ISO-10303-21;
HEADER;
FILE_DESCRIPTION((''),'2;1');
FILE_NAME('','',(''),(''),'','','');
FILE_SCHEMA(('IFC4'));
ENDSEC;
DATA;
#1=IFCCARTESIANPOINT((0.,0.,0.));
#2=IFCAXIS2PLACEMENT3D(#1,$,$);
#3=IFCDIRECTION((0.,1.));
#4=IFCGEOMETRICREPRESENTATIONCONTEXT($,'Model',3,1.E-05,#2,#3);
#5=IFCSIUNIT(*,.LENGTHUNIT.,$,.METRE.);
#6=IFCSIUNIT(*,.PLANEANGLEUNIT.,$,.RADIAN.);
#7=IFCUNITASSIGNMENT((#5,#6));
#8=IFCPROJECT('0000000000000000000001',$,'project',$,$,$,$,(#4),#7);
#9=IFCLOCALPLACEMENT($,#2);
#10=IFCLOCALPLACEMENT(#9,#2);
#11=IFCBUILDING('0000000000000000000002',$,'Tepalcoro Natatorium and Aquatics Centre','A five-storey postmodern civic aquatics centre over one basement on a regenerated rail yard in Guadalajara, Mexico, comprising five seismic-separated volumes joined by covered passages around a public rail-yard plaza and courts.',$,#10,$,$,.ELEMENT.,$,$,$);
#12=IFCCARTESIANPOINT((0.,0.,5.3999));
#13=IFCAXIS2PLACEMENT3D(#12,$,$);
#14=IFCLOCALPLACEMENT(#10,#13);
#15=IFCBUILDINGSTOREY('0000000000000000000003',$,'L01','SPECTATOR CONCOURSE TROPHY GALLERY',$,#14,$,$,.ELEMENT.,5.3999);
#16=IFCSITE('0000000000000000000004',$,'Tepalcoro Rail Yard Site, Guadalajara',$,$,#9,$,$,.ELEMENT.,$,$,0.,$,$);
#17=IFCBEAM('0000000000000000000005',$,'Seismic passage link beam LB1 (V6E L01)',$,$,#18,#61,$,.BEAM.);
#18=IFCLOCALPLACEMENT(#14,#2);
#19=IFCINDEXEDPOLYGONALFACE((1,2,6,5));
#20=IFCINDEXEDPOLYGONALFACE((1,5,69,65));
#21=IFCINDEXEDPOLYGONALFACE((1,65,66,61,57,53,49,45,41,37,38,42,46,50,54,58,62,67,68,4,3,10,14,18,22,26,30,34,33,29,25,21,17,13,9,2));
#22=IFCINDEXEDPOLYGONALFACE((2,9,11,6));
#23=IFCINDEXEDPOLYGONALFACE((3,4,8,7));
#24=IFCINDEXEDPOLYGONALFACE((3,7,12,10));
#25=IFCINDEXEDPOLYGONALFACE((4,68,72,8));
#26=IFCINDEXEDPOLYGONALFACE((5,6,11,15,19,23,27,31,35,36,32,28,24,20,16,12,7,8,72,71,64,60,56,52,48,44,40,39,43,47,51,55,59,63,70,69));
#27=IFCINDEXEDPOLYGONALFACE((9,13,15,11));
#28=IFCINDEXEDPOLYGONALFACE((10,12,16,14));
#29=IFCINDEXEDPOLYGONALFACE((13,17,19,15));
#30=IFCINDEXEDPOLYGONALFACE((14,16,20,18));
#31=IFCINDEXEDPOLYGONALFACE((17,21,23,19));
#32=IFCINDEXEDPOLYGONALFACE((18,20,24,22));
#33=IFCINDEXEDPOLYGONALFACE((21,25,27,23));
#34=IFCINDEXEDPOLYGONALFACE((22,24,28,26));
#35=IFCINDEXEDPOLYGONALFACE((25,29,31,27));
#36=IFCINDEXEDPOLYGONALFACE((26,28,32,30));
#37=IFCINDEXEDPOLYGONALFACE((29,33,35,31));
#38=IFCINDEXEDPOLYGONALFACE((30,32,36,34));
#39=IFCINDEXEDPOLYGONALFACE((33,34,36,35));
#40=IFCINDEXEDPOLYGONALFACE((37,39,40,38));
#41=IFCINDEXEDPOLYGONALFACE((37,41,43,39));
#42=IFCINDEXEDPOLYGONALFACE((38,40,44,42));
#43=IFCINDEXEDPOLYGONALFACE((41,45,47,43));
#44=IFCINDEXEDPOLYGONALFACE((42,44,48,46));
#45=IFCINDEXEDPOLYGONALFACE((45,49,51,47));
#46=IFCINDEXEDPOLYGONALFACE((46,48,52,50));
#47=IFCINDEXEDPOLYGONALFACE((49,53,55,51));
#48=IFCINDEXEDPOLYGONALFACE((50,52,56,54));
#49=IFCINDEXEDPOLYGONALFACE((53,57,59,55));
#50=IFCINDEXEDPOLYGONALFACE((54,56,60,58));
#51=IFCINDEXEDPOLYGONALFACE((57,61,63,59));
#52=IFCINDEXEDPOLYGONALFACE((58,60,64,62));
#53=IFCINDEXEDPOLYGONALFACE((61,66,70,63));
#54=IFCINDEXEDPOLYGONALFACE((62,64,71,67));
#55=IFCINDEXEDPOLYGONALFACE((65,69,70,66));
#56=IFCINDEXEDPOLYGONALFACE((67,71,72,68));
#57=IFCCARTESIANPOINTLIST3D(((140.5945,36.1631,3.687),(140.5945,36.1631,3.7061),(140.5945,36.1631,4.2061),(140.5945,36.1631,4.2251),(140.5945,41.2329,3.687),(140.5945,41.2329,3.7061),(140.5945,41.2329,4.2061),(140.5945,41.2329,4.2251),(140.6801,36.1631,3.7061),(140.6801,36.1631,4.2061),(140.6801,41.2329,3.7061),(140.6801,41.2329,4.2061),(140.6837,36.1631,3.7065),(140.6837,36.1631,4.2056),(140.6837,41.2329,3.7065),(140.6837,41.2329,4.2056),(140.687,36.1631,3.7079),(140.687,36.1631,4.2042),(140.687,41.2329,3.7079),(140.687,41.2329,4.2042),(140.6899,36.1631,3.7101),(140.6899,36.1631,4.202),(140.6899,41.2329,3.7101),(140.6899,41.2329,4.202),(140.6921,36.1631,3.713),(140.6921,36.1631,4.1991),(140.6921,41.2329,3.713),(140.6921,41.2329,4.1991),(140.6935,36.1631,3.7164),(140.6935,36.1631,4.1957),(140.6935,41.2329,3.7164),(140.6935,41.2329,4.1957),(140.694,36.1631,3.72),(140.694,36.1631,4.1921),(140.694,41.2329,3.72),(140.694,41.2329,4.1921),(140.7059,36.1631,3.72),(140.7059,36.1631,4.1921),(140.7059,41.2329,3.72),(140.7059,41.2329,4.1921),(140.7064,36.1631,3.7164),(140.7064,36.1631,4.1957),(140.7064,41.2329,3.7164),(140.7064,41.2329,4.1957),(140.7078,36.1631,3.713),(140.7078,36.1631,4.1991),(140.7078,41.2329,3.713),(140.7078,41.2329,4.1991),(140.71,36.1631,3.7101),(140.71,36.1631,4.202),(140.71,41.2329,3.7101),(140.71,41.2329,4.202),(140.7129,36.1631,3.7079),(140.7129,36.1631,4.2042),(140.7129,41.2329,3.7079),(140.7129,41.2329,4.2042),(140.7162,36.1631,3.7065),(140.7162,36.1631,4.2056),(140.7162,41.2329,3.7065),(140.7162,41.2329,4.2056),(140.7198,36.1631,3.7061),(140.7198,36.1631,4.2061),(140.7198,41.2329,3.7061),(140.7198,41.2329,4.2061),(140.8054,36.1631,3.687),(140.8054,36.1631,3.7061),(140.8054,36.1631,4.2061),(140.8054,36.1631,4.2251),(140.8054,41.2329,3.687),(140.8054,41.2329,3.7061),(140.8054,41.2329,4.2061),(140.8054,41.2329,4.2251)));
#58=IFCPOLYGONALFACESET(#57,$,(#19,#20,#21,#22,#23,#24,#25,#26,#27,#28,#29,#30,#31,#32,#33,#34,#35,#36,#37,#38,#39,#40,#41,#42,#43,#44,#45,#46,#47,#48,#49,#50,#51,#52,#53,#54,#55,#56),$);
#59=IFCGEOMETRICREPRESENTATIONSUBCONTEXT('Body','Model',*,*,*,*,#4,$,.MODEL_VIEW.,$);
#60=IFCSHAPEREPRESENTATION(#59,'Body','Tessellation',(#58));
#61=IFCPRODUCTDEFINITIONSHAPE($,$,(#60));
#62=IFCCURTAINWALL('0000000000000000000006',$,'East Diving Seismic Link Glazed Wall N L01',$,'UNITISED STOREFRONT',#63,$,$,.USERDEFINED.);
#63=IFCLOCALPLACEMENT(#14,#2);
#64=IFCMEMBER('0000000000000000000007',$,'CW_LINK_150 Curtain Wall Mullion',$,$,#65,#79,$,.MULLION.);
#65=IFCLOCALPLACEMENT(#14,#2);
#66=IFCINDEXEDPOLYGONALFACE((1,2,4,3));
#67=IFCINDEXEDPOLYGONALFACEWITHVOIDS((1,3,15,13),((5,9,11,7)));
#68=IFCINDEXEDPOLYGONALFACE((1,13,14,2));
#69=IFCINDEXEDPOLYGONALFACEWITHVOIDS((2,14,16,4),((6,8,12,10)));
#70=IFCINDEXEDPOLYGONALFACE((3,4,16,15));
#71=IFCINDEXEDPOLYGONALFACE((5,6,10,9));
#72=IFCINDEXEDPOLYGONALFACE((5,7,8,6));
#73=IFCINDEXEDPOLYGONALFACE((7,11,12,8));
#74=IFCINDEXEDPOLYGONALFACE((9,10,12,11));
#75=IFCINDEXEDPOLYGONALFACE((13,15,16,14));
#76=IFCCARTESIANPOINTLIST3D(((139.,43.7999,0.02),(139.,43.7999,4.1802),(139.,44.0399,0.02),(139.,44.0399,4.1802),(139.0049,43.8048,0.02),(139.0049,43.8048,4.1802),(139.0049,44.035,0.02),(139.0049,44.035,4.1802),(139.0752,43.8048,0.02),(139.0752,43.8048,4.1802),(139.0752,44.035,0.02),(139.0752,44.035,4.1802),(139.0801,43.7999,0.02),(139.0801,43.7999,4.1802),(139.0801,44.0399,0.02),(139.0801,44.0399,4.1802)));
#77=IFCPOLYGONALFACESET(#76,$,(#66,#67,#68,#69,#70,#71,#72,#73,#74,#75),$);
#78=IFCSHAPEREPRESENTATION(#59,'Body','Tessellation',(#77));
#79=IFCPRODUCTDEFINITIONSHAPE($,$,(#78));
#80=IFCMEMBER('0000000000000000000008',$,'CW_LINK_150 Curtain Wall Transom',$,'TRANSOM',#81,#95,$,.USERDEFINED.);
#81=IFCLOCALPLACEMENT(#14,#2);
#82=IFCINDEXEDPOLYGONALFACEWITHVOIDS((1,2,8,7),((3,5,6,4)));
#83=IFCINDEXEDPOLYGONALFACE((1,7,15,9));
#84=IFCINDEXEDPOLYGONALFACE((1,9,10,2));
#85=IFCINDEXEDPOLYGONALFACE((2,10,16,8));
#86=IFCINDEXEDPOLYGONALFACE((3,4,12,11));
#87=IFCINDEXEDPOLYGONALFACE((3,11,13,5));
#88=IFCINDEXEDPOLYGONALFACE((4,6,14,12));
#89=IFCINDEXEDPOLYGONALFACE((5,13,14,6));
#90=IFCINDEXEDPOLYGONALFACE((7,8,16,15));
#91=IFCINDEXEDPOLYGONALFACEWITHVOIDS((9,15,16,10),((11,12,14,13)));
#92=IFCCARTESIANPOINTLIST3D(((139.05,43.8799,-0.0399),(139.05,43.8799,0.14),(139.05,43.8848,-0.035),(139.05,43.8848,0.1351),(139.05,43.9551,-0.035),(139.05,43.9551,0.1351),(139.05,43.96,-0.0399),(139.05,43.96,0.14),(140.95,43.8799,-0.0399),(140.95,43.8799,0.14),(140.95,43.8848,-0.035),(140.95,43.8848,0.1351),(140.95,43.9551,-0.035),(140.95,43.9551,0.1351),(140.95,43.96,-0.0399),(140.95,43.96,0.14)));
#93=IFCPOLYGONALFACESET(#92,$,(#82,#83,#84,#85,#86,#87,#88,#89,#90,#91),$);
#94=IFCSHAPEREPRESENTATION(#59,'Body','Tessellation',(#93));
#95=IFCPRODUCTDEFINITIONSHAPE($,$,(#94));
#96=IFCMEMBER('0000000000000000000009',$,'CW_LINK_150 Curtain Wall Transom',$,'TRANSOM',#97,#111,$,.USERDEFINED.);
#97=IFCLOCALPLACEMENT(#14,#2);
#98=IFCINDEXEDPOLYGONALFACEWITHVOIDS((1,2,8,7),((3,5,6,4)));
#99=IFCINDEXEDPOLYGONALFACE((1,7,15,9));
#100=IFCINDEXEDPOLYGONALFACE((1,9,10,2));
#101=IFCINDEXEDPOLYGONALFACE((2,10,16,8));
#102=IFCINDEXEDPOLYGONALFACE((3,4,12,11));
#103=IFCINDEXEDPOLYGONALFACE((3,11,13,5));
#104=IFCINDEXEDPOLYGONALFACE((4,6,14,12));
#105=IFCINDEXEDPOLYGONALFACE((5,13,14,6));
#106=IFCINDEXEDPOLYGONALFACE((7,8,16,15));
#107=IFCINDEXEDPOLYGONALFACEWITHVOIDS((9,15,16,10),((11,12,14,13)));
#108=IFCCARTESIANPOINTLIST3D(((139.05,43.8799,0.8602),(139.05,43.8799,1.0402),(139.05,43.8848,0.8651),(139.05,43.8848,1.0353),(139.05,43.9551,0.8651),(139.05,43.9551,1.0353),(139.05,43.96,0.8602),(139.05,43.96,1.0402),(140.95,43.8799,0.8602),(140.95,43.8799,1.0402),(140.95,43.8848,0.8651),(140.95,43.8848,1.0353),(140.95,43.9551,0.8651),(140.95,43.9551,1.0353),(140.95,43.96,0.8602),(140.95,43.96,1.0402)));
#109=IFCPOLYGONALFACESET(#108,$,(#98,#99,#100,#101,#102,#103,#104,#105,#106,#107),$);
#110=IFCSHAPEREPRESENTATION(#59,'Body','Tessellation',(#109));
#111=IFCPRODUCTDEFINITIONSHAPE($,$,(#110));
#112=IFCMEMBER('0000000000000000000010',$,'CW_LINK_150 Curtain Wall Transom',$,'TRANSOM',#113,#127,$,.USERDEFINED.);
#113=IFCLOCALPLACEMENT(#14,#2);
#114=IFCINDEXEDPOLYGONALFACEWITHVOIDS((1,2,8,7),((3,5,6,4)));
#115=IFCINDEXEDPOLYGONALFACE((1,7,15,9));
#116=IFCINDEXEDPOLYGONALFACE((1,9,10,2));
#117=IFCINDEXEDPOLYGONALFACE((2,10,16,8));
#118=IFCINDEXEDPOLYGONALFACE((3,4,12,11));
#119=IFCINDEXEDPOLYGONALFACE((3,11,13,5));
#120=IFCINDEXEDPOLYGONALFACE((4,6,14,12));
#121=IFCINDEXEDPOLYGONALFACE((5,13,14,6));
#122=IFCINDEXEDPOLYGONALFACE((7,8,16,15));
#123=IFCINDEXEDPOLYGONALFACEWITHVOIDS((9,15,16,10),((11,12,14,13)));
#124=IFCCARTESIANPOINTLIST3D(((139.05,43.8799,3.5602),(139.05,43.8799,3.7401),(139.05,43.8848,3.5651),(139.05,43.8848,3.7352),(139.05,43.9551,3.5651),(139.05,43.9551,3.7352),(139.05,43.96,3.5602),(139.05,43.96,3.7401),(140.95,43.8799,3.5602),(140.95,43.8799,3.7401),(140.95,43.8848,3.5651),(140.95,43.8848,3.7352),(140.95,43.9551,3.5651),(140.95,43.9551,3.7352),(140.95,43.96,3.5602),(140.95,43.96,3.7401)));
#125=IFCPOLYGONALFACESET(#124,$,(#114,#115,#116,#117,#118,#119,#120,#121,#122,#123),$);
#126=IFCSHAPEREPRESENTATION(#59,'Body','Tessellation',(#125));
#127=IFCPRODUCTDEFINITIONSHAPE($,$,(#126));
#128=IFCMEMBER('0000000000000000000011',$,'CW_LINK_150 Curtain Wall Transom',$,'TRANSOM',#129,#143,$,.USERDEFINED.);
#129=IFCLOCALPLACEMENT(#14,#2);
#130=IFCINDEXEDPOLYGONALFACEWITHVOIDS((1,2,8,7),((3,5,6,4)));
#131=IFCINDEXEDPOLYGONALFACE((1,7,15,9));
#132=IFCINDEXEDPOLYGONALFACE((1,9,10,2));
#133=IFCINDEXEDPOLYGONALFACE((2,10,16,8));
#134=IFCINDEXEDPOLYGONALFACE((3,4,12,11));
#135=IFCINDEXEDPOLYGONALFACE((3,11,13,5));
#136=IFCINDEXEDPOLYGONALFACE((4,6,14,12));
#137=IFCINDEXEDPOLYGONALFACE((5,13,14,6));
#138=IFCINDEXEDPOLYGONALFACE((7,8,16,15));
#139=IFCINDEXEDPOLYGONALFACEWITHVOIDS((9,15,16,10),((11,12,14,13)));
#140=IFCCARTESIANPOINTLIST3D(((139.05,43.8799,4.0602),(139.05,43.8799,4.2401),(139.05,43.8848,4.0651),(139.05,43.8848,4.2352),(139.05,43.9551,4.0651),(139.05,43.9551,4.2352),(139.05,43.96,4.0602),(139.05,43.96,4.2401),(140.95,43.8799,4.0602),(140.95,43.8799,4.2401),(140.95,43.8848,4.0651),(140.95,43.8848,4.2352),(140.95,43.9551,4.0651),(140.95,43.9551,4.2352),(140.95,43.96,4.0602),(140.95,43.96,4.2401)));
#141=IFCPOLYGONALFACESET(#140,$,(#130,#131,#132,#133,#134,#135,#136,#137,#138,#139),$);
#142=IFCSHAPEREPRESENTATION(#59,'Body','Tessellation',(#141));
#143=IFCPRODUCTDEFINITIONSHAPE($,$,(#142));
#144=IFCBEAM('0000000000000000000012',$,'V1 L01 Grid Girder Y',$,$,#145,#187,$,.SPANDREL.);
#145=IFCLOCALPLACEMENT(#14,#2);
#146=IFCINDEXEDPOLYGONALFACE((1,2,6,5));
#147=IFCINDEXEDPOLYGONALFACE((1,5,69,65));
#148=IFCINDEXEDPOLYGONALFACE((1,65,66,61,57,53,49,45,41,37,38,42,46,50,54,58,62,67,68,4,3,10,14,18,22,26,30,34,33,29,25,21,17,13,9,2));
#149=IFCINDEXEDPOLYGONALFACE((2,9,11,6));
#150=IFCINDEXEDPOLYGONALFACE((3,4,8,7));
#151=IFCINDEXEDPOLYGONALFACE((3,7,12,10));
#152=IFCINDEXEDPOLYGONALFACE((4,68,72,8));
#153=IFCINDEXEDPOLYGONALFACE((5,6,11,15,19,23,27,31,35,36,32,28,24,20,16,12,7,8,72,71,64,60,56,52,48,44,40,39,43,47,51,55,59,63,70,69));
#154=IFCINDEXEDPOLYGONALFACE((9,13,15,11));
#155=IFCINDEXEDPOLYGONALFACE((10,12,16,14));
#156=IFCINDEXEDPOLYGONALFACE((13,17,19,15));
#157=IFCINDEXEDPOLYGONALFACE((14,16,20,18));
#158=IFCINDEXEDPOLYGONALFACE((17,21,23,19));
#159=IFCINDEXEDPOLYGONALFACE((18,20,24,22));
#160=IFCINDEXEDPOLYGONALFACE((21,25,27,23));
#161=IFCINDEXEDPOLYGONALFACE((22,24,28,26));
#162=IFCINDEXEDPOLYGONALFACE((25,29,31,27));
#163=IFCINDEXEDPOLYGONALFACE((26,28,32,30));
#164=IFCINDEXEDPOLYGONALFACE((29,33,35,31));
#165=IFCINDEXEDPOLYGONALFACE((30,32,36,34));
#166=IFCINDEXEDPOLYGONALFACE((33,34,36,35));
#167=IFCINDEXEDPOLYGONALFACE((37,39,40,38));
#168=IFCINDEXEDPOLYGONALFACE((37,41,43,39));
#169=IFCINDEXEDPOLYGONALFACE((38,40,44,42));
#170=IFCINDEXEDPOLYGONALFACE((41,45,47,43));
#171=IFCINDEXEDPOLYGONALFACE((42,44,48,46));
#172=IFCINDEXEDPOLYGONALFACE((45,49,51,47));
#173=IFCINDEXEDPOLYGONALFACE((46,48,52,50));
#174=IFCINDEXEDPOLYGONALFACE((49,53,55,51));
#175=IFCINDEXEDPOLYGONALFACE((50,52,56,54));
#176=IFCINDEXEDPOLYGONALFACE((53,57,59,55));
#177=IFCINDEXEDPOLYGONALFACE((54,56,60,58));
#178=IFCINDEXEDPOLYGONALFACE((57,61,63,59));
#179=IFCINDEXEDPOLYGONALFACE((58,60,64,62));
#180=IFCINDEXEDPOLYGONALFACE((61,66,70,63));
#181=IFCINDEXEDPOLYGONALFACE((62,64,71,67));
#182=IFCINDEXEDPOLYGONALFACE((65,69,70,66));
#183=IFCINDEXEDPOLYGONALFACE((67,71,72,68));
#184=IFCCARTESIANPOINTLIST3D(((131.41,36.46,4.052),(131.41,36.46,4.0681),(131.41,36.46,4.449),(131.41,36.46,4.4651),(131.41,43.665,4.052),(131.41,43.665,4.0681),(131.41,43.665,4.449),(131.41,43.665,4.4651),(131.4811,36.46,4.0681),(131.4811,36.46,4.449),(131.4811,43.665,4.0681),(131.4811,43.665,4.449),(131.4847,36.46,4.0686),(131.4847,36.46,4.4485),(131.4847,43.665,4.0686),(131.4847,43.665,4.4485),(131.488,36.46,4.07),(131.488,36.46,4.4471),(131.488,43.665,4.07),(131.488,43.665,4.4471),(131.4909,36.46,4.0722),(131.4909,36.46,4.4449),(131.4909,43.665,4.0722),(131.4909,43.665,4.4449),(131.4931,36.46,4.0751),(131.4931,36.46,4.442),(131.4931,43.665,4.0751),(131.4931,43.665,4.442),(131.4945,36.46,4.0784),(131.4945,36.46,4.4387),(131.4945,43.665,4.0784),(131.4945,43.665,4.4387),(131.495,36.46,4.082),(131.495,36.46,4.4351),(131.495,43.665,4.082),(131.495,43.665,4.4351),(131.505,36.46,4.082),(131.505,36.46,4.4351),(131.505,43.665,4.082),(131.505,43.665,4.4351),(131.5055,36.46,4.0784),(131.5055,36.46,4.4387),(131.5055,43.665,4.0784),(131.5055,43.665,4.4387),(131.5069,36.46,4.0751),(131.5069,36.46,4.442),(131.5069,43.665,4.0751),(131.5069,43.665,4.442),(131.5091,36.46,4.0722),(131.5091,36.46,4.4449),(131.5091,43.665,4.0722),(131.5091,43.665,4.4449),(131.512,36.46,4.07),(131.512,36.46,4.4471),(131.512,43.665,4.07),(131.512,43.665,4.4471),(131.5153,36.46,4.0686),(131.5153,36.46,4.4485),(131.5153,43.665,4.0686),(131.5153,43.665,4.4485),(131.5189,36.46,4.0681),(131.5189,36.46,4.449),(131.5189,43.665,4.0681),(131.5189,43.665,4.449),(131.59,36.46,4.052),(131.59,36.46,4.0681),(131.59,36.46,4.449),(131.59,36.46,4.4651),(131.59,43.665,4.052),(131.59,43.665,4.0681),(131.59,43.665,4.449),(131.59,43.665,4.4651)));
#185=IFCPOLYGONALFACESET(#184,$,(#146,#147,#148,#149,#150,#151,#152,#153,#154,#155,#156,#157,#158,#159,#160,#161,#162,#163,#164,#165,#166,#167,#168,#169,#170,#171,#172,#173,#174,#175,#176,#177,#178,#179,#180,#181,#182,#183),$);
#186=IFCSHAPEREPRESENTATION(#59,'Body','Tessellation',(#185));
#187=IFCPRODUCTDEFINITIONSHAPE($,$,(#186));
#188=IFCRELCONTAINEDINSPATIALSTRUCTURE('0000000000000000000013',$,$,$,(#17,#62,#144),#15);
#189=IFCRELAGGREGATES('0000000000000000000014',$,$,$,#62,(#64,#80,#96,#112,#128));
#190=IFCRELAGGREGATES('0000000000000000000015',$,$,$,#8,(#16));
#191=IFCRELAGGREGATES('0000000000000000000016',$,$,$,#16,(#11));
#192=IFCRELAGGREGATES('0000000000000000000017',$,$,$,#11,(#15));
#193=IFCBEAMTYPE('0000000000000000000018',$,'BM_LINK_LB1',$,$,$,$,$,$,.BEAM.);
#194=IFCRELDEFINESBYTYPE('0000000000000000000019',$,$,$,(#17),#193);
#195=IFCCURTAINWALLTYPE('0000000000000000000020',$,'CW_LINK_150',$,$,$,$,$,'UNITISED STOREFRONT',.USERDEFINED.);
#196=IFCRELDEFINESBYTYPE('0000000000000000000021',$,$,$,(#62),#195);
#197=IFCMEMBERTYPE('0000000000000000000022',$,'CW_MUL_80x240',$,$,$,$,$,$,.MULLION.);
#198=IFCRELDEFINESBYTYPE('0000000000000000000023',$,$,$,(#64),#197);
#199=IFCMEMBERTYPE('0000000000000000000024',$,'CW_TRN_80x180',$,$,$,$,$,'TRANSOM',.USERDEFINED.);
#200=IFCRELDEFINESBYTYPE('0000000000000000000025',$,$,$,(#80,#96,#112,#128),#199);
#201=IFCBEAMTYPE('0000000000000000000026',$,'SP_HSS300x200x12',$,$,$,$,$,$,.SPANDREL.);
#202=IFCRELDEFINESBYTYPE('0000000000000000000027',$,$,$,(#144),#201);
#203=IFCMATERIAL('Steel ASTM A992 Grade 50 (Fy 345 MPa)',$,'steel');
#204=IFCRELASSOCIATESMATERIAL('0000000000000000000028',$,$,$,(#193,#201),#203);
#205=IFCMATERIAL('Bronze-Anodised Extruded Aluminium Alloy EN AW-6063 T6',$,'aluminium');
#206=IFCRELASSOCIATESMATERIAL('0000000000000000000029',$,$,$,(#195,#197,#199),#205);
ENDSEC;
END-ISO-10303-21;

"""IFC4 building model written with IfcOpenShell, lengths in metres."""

from ifc_helpers import new_model, si_unit, direction, frame, origin, origin_2d, place, context, subcontext, project, spatial, hollow_rectangle, i_section, extrude, material, material_profile, profile_set, type_object, element, aggregate, save


model = new_model("IFC4")

# Units and contexts
model_context = context("Model", 3, precision=1e-05, world=origin(), true_north=direction((0.0, 1.0)))
body_context = subcontext(model_context, "Body", "Model", "MODEL_VIEW")
ifc_project = project(units=[si_unit("LENGTHUNIT", "METRE"), si_unit("PLANEANGLEUNIT", "RADIAN")], contexts=[model_context])

# Site, building, storey
site_placement = place(None, origin())
site = spatial("IfcSite", under=ifc_project, at=site_placement, Name="Tepalcoro Rail Yard Site, Guadalajara", CompositionType="ELEMENT", RefElevation=0.0)
building_placement = place(site_placement, origin())
building = spatial("IfcBuilding", under=site, at=building_placement, Name="Tepalcoro Natatorium and Aquatics Centre", Description="A five-storey postmodern civic aquatics centre over one basement on a regenerated rail yard in Guadalajara, Mexico, comprising five seismic-separated volumes joined by covered passages around a public rail-yard plaza and courts.", CompositionType="ELEMENT")
storey_placement = place(building_placement, frame((0.0, 0.0, 5.3999)))
storey = spatial("IfcBuildingStorey", under=building, at=storey_placement, Name="L01", Description="SPECTATOR CONCOURSE TROPHY GALLERY", CompositionType="ELEMENT", Elevation=5.3999)

# Shared definitions
ifc_material_1 = material(Name="Steel ASTM A992 Grade 50 (Fy 345 MPa)", Category="steel")

# Beam
ifc_material_profile_1 = material_profile(ifc_material_1, i_section(OverallWidth=0.2109, OverallDepth=0.5381, WebThickness=0.012, FlangeThickness=0.019, FilletRadius=0.0139, at=origin_2d()), Name="W21X73")
ifc_profile_set_1 = profile_set([ifc_material_profile_1], Name="Steel ASTM A992 Grade 50 (Fy 345 MPa)")
beam_type_1 = type_object("IfcBeamType", Name="BM_LINK_LB1", PredefinedType="BEAM", material=ifc_profile_set_1)
beam_1_placement = place(storey_placement, frame((140.7, 36.1631, 3.9561), z_axis=(0.0, 1.0, 0.0), x_axis=(-1.0, 0.0, 0.0)))
element("IfcBeam", 1, at=beam_1_placement, inside=storey, type_object=beam_type_1, Name="Seismic passage link beam LB1 (V6E L01)", PredefinedType="BEAM", context=body_context, shape_type="SweptSolid", body=[
    extrude(i_section(OverallWidth=0.2109, OverallDepth=0.5381, WebThickness=0.012, FlangeThickness=0.019, FilletRadius=0.0139, at=origin_2d()), origin(), (0.0, 0.0, 1.0), 5.0698),
])

# Curtain wall, members
ifc_material_2 = material(Name="Bronze-Anodised Extruded Aluminium Alloy EN AW-6063 T6", Category="aluminium")
curtain_wall_type = type_object("IfcCurtainWallType", Name="CW_LINK_150", ElementType="UNITISED STOREFRONT", PredefinedType="USERDEFINED", material=ifc_material_2)
curtain_wall_placement = place(storey_placement, origin())
curtain_wall = element("IfcCurtainWall", 2, at=curtain_wall_placement, inside=storey, type_object=curtain_wall_type, Name="East Diving Seismic Link Glazed Wall N L01", ObjectType="UNITISED STOREFRONT", PredefinedType="USERDEFINED")
ifc_material_profile_2 = material_profile(ifc_material_2, hollow_rectangle(XDim=0.0801, YDim=0.24, WallThickness=0.0049, at=origin_2d()), Name="AL80X240X5")
ifc_profile_set_2 = profile_set([ifc_material_profile_2], Name="Bronze-Anodised Extruded Aluminium Alloy EN AW-6063 T6")
member_type_1 = type_object("IfcMemberType", Name="CW_MUL_80x240", PredefinedType="MULLION", material=ifc_profile_set_2)
member_1_placement = place(storey_placement, frame((139.04, 43.9199, 0.02), z_axis=(0.0, 0.0, 1.0), x_axis=(1.0, 0.0, 0.0)))
member_1 = element("IfcMember", 3, at=member_1_placement, type_object=member_type_1, Name="CW_LINK_150 Curtain Wall Mullion", PredefinedType="MULLION", context=body_context, shape_type="SweptSolid", body=[
    extrude(hollow_rectangle(XDim=0.0801, YDim=0.24, WallThickness=0.0049, at=origin_2d()), origin(), (0.0, 0.0, 1.0), 4.1602),
])
ifc_material_profile_3 = material_profile(ifc_material_2, hollow_rectangle(XDim=0.0801, YDim=0.1799, WallThickness=0.0049, at=origin_2d()), Name="AL80X180X5")
ifc_profile_set_3 = profile_set([ifc_material_profile_3], Name="Bronze-Anodised Extruded Aluminium Alloy EN AW-6063 T6")
member_type_2 = type_object("IfcMemberType", Name="CW_TRN_80x180", ElementType="TRANSOM", PredefinedType="USERDEFINED", material=ifc_profile_set_3)
member_2_placement = place(storey_placement, frame((139.05, 43.9199, 0.05), z_axis=(1.0, 0.0, 0.0), x_axis=(0.0, 1.0, 0.0)))
member_2 = element("IfcMember", 4, at=member_2_placement, type_object=member_type_2, Name="CW_LINK_150 Curtain Wall Transom", ObjectType="TRANSOM", PredefinedType="USERDEFINED", context=body_context, shape_type="SweptSolid", body=[
    extrude(hollow_rectangle(XDim=0.0801, YDim=0.1799, WallThickness=0.0049, at=origin_2d()), origin(), (0.0, 0.0, 1.0), 1.8999),
])
member_3_placement = place(storey_placement, frame((139.05, 43.9199, 0.9502), z_axis=(1.0, 0.0, 0.0), x_axis=(0.0, 1.0, 0.0)))
member_3 = element("IfcMember", 5, at=member_3_placement, type_object=member_type_2, Name="CW_LINK_150 Curtain Wall Transom", ObjectType="TRANSOM", PredefinedType="USERDEFINED", context=body_context, shape_type="SweptSolid", body=[
    extrude(hollow_rectangle(XDim=0.0801, YDim=0.1799, WallThickness=0.0049, at=origin_2d()), origin(), (0.0, 0.0, 1.0), 1.8999),
])
member_4_placement = place(storey_placement, frame((139.05, 43.9199, 3.6501), z_axis=(1.0, 0.0, 0.0), x_axis=(0.0, 1.0, 0.0)))
member_4 = element("IfcMember", 6, at=member_4_placement, type_object=member_type_2, Name="CW_LINK_150 Curtain Wall Transom", ObjectType="TRANSOM", PredefinedType="USERDEFINED", context=body_context, shape_type="SweptSolid", body=[
    extrude(hollow_rectangle(XDim=0.0801, YDim=0.1799, WallThickness=0.0049, at=origin_2d()), origin(), (0.0, 0.0, 1.0), 1.8999),
])
member_5_placement = place(storey_placement, frame((139.05, 43.9199, 4.1501), z_axis=(1.0, 0.0, 0.0), x_axis=(0.0, 1.0, 0.0)))
member_5 = element("IfcMember", 7, at=member_5_placement, type_object=member_type_2, Name="CW_LINK_150 Curtain Wall Transom", ObjectType="TRANSOM", PredefinedType="USERDEFINED", context=body_context, shape_type="SweptSolid", body=[
    extrude(hollow_rectangle(XDim=0.0801, YDim=0.1799, WallThickness=0.0049, at=origin_2d()), origin(), (0.0, 0.0, 1.0), 1.8999),
])

# Beam
ifc_material_profile_4 = material_profile(ifc_material_1, i_section(OverallWidth=0.1799, OverallDepth=0.4131, WebThickness=0.01, FlangeThickness=0.0161, FilletRadius=0.0139, at=origin_2d()), Name="W16X50")
ifc_profile_set_4 = profile_set([ifc_material_profile_4], Name="Steel ASTM A992 Grade 50 (Fy 345 MPa)")
beam_type_2 = type_object("IfcBeamType", Name="SP_HSS300x200x12", PredefinedType="SPANDREL", material=ifc_profile_set_4)
beam_2_placement = place(storey_placement, frame((131.5, 36.46, 4.2585), z_axis=(0.0, 1.0, 0.0), x_axis=(-1.0, 0.0, 0.0)))
element("IfcBeam", 8, at=beam_2_placement, inside=storey, type_object=beam_type_2, Name="V1 L01 Grid Girder Y", PredefinedType="SPANDREL", context=body_context, shape_type="SweptSolid", body=[
    extrude(i_section(OverallWidth=0.1799, OverallDepth=0.4131, WebThickness=0.01, FlangeThickness=0.0161, FilletRadius=0.0139, at=origin_2d()), origin(), (0.0, 0.0, 1.0), 7.2051),
])

aggregate(curtain_wall, [member_1, member_2, member_3, member_4, member_5])

save(model, "model.ifc")
